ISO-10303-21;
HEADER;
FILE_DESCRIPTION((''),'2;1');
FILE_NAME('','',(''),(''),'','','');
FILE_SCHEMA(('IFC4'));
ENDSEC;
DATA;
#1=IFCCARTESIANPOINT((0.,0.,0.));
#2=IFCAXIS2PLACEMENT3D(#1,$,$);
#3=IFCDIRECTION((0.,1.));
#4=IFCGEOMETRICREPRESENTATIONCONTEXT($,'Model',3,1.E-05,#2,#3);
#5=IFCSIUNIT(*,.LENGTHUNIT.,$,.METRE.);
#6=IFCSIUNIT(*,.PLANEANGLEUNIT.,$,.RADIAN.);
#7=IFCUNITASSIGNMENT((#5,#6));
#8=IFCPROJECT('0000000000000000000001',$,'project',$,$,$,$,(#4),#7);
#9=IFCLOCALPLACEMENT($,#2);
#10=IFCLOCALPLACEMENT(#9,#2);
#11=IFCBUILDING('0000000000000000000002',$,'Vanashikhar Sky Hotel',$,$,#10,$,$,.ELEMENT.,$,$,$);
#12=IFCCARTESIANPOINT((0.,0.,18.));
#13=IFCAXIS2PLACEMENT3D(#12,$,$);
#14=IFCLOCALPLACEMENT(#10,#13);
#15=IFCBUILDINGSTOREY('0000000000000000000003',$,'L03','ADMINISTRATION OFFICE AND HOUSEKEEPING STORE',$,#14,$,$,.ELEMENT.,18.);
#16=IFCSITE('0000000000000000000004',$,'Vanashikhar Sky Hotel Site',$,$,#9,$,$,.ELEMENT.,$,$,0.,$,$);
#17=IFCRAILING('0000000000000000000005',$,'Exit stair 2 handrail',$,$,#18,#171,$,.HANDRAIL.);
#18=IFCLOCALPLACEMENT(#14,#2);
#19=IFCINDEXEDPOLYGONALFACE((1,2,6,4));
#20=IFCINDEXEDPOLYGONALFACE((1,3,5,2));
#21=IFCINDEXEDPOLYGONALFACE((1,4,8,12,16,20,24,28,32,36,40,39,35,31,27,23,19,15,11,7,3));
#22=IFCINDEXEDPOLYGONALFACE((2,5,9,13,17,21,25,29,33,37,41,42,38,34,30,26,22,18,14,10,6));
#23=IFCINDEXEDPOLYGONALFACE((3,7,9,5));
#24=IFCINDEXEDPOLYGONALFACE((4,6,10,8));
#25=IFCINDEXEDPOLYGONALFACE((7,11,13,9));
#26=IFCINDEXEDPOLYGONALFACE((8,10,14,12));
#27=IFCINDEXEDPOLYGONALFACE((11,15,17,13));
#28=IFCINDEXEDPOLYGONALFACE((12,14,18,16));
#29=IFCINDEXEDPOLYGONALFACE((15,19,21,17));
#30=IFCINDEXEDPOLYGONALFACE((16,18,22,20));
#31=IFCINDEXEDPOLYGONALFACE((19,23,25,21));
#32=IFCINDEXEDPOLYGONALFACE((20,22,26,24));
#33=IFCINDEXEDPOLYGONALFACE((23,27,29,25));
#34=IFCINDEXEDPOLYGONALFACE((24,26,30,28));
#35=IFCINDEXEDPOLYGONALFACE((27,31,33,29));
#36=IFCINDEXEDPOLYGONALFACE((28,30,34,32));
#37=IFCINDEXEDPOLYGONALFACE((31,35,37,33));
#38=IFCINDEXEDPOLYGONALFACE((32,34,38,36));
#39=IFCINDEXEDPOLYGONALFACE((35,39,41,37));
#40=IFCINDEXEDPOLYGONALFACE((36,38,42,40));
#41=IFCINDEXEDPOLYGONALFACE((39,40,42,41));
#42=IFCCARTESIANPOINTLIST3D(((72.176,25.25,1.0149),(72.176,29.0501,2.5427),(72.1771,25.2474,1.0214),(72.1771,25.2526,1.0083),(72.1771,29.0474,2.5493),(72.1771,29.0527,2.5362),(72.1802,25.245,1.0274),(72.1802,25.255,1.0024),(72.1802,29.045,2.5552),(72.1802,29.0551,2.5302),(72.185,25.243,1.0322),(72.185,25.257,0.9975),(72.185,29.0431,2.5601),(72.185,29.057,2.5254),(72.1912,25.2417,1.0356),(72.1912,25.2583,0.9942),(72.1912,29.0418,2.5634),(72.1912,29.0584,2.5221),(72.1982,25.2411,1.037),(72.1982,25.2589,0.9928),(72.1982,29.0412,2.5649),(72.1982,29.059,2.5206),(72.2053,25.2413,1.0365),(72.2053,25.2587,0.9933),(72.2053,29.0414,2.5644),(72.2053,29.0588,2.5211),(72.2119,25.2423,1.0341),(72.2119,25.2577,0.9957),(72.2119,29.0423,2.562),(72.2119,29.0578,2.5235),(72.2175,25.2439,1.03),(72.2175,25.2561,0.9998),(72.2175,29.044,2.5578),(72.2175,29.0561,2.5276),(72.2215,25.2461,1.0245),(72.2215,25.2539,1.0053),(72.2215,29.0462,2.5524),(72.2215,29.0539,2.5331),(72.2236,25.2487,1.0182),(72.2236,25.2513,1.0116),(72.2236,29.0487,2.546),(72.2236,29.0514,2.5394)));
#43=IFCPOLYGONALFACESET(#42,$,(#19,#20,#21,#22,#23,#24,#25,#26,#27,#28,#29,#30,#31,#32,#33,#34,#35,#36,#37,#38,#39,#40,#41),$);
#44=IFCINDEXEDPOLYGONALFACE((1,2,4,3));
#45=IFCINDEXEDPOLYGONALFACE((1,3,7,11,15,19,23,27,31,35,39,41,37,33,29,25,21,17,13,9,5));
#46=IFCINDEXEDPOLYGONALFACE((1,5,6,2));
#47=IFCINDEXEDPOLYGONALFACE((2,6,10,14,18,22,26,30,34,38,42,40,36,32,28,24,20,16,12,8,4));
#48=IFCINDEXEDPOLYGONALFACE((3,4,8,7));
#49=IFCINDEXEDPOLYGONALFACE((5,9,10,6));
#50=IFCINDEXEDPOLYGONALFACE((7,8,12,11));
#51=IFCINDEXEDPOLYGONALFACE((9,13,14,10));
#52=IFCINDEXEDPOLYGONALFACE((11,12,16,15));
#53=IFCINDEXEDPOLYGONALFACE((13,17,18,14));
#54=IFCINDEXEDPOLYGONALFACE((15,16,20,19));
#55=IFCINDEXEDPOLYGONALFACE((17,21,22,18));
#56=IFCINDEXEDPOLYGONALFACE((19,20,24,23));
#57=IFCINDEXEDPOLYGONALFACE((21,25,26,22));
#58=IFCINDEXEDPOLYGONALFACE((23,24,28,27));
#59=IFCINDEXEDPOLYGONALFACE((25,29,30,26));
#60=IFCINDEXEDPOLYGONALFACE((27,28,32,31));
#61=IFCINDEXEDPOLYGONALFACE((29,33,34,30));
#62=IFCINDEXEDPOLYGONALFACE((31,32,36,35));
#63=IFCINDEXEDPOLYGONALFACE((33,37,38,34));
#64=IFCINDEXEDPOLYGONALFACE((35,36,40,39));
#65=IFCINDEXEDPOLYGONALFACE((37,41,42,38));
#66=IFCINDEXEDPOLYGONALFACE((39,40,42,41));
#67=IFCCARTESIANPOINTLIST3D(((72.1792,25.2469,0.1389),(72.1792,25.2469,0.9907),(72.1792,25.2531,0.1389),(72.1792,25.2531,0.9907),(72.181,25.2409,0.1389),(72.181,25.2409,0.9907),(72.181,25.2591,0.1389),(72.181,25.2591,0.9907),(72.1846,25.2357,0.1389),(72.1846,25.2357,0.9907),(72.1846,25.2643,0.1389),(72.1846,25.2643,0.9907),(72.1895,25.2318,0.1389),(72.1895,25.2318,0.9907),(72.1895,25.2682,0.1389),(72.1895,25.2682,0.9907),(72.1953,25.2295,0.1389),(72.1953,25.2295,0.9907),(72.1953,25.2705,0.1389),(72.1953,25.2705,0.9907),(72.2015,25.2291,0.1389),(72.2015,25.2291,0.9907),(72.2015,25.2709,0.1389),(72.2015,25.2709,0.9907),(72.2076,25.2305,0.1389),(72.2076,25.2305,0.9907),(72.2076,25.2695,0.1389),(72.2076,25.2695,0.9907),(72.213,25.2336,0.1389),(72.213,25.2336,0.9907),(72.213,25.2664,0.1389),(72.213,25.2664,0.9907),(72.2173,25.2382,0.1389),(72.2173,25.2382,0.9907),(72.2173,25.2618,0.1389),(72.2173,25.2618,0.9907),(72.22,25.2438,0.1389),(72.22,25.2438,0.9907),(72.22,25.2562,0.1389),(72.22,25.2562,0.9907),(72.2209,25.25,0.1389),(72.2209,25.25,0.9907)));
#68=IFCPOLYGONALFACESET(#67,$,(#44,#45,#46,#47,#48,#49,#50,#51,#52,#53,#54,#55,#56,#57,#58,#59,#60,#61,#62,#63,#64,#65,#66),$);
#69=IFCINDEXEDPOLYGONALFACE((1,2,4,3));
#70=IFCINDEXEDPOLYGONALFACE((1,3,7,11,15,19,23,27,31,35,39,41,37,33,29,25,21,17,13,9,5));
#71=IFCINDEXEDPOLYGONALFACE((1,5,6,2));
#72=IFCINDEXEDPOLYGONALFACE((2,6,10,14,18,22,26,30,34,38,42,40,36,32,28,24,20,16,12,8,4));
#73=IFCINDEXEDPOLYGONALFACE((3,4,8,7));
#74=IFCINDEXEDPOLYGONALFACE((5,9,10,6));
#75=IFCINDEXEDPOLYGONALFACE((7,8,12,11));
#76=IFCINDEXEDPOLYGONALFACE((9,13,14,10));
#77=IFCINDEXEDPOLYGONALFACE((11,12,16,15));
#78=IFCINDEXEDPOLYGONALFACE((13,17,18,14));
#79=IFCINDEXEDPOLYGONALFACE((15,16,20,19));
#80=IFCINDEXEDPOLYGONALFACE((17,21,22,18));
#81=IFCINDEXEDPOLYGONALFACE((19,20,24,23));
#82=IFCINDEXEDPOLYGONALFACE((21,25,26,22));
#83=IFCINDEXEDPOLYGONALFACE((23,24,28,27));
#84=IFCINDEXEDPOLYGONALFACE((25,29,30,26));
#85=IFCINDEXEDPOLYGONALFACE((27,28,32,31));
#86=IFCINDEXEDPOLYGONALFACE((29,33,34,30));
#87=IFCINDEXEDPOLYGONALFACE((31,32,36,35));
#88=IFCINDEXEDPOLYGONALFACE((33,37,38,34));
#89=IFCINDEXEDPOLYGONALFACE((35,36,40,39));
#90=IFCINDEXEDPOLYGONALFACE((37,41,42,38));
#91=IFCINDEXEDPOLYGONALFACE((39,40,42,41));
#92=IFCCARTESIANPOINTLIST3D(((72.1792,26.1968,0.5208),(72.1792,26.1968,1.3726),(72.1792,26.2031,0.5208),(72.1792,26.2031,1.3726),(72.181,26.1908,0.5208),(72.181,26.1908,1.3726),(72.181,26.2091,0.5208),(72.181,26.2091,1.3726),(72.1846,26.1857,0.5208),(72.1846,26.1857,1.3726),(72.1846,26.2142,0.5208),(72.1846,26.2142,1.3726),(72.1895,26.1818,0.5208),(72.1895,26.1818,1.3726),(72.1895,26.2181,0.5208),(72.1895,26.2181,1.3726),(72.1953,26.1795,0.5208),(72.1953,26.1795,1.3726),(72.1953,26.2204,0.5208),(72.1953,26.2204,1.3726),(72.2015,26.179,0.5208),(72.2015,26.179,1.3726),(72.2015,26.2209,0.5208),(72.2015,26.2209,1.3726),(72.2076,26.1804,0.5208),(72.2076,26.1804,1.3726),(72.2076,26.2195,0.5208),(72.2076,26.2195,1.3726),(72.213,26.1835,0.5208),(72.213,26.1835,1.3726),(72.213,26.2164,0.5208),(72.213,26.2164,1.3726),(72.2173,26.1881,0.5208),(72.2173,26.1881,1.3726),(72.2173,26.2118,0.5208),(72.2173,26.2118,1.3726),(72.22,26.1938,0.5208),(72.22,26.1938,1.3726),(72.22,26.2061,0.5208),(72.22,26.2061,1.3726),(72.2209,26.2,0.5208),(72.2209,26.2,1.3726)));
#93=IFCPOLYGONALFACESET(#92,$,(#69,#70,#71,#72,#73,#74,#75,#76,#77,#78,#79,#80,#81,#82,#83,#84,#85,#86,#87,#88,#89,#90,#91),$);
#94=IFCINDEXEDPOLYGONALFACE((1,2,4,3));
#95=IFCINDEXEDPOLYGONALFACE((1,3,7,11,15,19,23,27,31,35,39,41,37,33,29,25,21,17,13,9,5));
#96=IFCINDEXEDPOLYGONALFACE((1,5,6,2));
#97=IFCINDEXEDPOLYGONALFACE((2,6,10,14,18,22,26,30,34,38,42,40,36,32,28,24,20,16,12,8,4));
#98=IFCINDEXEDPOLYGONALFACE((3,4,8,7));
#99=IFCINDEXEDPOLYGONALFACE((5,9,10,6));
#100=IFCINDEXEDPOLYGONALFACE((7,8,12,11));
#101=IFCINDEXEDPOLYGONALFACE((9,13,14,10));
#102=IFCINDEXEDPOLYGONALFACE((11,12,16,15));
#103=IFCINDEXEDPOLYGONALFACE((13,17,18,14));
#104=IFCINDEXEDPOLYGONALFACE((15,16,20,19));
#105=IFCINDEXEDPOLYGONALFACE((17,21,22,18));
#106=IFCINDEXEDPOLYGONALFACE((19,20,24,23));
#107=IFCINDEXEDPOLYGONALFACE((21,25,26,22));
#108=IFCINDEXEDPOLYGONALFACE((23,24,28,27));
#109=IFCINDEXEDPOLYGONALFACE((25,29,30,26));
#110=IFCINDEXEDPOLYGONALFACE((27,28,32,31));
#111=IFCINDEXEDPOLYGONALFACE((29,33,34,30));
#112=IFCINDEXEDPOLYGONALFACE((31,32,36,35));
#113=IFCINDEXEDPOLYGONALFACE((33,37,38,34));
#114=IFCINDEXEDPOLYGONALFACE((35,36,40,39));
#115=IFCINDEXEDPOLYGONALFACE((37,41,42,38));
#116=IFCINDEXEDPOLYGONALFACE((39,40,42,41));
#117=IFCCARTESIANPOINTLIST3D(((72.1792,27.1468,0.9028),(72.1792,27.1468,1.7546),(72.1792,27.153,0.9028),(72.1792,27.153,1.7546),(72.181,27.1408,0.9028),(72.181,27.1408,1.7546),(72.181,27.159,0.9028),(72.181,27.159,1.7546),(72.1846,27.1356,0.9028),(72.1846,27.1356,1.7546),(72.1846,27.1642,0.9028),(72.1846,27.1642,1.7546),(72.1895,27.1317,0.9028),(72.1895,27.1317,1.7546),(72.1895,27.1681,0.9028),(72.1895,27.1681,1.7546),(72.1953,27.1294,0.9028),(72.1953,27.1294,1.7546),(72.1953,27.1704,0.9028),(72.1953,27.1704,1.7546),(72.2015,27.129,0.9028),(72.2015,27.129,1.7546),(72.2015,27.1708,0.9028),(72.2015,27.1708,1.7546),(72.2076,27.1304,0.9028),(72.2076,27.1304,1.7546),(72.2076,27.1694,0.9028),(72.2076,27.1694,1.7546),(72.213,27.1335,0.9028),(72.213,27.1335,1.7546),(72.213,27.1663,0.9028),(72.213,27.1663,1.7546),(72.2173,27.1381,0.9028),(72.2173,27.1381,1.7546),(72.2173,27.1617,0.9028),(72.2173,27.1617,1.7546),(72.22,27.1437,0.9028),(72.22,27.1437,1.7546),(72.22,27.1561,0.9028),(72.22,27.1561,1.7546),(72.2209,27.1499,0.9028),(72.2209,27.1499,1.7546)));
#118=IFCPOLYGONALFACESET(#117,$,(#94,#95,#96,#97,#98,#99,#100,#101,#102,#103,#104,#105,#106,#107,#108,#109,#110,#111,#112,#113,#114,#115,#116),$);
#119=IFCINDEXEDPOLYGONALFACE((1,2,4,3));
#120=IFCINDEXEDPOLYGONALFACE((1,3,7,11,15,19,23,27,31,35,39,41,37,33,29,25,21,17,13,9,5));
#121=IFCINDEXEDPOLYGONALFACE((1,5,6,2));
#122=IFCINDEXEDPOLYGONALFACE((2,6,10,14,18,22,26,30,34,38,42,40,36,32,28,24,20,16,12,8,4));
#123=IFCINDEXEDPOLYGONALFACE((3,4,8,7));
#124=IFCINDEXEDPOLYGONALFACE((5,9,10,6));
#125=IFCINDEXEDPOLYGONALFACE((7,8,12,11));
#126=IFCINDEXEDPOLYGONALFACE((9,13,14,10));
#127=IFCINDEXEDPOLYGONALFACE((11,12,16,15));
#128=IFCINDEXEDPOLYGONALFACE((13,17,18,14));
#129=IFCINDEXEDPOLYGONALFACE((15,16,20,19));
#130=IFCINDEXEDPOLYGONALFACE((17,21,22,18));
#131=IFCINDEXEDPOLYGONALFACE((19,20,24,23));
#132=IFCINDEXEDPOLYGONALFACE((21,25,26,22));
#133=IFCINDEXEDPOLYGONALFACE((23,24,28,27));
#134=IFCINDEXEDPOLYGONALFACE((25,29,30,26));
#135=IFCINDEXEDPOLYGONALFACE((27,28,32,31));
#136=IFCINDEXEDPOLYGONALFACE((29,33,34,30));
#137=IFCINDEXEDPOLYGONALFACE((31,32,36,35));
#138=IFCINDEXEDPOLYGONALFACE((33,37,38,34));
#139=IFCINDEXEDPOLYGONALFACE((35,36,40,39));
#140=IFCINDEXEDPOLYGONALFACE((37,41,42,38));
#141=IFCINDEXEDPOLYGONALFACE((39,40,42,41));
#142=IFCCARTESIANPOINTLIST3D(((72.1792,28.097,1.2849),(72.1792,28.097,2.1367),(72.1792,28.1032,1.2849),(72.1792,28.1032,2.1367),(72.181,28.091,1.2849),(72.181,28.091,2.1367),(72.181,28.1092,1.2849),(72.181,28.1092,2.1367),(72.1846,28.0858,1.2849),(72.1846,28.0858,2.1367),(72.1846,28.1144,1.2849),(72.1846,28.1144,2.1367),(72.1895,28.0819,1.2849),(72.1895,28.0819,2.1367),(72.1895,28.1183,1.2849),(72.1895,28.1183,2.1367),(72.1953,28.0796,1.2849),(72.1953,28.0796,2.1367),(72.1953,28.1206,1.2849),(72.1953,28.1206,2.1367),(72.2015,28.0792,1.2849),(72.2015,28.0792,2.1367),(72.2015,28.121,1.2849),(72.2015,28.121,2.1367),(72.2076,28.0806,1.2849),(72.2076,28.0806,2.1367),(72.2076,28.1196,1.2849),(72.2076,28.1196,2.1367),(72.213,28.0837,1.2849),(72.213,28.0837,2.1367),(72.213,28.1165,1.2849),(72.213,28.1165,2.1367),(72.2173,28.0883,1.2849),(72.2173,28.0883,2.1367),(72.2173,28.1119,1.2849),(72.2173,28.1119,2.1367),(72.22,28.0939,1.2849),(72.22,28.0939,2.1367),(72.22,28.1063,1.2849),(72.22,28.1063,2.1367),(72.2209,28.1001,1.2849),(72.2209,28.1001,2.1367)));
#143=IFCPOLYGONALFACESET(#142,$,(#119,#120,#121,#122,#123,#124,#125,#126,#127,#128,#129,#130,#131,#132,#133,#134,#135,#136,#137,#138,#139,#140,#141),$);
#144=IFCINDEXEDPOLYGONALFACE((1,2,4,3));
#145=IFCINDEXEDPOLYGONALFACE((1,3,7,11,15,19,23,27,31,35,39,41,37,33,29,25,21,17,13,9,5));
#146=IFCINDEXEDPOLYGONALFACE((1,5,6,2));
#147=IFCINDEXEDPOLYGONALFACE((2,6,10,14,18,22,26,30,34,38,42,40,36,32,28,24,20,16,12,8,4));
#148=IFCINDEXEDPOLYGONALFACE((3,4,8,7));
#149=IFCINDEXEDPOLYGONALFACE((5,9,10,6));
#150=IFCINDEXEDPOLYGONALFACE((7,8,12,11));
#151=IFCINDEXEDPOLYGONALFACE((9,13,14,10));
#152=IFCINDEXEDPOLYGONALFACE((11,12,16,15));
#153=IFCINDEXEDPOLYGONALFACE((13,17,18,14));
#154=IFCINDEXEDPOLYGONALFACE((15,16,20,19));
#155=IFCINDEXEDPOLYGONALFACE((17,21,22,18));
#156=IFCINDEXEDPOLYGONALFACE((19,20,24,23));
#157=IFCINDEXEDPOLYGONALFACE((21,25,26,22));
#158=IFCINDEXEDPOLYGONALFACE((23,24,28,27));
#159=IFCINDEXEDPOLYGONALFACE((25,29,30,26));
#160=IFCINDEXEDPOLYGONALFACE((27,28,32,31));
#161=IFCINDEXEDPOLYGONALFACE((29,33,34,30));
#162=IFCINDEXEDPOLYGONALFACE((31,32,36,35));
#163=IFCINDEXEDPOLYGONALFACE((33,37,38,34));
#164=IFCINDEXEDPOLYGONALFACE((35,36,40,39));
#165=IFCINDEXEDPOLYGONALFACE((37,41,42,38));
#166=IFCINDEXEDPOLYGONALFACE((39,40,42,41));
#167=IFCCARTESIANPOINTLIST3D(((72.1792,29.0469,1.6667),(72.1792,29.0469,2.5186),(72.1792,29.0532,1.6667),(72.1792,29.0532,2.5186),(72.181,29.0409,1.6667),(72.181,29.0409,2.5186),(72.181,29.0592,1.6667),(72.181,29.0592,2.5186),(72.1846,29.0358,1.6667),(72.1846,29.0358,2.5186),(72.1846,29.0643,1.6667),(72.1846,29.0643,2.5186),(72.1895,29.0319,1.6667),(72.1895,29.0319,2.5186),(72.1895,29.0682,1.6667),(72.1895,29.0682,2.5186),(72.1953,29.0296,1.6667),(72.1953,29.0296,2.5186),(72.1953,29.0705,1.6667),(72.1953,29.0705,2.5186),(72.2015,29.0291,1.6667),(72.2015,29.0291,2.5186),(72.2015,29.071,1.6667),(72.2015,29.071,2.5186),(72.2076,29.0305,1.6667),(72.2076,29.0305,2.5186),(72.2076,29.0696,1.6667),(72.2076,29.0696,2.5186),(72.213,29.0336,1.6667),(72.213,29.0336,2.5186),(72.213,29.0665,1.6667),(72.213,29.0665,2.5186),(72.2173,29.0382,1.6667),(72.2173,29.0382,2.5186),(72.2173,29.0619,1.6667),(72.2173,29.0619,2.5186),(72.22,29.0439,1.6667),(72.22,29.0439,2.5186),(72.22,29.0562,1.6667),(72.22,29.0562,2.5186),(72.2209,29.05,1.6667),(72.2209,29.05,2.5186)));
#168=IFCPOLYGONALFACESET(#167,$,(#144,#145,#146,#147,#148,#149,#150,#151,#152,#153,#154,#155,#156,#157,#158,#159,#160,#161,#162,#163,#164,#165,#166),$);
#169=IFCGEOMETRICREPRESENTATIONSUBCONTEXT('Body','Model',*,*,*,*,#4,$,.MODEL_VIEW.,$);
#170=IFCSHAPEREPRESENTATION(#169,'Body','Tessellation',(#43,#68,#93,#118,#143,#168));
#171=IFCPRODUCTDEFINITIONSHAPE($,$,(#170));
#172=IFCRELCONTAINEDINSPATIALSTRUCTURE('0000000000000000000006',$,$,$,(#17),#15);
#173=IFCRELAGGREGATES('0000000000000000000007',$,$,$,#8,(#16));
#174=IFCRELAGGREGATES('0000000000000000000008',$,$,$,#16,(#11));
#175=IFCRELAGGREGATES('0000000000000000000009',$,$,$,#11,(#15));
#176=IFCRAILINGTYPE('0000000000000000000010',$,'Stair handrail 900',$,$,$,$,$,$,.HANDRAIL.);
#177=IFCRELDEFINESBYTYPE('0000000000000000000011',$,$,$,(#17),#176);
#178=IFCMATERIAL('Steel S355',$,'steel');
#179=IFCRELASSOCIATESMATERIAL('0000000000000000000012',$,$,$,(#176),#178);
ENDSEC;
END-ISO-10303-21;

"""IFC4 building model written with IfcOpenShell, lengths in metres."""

from ifc_helpers import new_model, si_unit, direction, frame, origin, origin_2d, place, context, subcontext, project, spatial, circle, extrude, source, transform, mapped, material, type_object, element, save


model = new_model("IFC4")

# Units and contexts
model_context = context("Model", 3, precision=1e-05, world=origin(), true_north=direction((0.0, 1.0)))
body_context = subcontext(model_context, "Body", "Model", "MODEL_VIEW")
ifc_project = project(units=[si_unit("LENGTHUNIT", "METRE"), si_unit("PLANEANGLEUNIT", "RADIAN")], contexts=[model_context])

# Site, building, storey
site_placement = place(None, origin())
site = spatial("IfcSite", under=ifc_project, at=site_placement, Name="Vanashikhar Sky Hotel Site", CompositionType="ELEMENT", RefElevation=0.0)
building_placement = place(site_placement, origin())
building = spatial("IfcBuilding", under=site, at=building_placement, Name="Vanashikhar Sky Hotel", CompositionType="ELEMENT")
storey_placement = place(building_placement, frame((0.0, 0.0, 18.0)))
storey = spatial("IfcBuildingStorey", under=building, at=storey_placement, Name="L03", Description="ADMINISTRATION OFFICE AND HOUSEKEEPING STORE", CompositionType="ELEMENT", Elevation=18.0)

# Railing
ifc_material_1 = material(Name="Steel S355", Category="steel")
railing_type_1 = type_object("IfcRailingType", Name="Stair handrail 900", PredefinedType="HANDRAIL", material=ifc_material_1)
shared_shape_1 = source(origin(), body_context, "Body", "SweptSolid", [
    extrude(circle(Radius=0.0239, at=origin_2d()), frame((0.0, 0.0, 0.876), z_axis=(0.0, 0.927817, 0.373034), x_axis=(-1.0, 0.0, 0.0)), (0.0, 0.0, 1.0), 4.0957),
    extrude(circle(Radius=0.021, at=origin_2d()), origin(), (0.0, 0.0, 1.0), 0.8518),
    extrude(circle(Radius=0.021, at=origin_2d()), frame((0.0, 0.95, 0.3818)), (0.0, 0.0, 1.0), 0.8518),
    extrude(circle(Radius=0.021, at=origin_2d()), frame((0.0, 1.8999, 0.7639)), (0.0, 0.0, 1.0), 0.8518),
    extrude(circle(Radius=0.021, at=origin_2d()), frame((0.0, 2.8501, 1.146)), (0.0, 0.0, 1.0), 0.8518),
    extrude(circle(Radius=0.021, at=origin_2d()), frame((0.0, 3.8, 1.5278)), (0.0, 0.0, 1.0), 0.8518),
])
for number, where, name in (
    (1, (72.2, 25.25, 0.1389), "Exit stair 2 handrail"),
):
    element("IfcRailing", number, at=place(storey_placement, frame(where)), inside=storey, type_object=railing_type_1, Name=name, PredefinedType="HANDRAIL", context=body_context, shape_type="MappedRepresentation", body=[
        mapped(shared_shape_1, transform((0.0, 0.0, 0.0), scale=1.0)),
    ])

save(model, "model.ifc")
